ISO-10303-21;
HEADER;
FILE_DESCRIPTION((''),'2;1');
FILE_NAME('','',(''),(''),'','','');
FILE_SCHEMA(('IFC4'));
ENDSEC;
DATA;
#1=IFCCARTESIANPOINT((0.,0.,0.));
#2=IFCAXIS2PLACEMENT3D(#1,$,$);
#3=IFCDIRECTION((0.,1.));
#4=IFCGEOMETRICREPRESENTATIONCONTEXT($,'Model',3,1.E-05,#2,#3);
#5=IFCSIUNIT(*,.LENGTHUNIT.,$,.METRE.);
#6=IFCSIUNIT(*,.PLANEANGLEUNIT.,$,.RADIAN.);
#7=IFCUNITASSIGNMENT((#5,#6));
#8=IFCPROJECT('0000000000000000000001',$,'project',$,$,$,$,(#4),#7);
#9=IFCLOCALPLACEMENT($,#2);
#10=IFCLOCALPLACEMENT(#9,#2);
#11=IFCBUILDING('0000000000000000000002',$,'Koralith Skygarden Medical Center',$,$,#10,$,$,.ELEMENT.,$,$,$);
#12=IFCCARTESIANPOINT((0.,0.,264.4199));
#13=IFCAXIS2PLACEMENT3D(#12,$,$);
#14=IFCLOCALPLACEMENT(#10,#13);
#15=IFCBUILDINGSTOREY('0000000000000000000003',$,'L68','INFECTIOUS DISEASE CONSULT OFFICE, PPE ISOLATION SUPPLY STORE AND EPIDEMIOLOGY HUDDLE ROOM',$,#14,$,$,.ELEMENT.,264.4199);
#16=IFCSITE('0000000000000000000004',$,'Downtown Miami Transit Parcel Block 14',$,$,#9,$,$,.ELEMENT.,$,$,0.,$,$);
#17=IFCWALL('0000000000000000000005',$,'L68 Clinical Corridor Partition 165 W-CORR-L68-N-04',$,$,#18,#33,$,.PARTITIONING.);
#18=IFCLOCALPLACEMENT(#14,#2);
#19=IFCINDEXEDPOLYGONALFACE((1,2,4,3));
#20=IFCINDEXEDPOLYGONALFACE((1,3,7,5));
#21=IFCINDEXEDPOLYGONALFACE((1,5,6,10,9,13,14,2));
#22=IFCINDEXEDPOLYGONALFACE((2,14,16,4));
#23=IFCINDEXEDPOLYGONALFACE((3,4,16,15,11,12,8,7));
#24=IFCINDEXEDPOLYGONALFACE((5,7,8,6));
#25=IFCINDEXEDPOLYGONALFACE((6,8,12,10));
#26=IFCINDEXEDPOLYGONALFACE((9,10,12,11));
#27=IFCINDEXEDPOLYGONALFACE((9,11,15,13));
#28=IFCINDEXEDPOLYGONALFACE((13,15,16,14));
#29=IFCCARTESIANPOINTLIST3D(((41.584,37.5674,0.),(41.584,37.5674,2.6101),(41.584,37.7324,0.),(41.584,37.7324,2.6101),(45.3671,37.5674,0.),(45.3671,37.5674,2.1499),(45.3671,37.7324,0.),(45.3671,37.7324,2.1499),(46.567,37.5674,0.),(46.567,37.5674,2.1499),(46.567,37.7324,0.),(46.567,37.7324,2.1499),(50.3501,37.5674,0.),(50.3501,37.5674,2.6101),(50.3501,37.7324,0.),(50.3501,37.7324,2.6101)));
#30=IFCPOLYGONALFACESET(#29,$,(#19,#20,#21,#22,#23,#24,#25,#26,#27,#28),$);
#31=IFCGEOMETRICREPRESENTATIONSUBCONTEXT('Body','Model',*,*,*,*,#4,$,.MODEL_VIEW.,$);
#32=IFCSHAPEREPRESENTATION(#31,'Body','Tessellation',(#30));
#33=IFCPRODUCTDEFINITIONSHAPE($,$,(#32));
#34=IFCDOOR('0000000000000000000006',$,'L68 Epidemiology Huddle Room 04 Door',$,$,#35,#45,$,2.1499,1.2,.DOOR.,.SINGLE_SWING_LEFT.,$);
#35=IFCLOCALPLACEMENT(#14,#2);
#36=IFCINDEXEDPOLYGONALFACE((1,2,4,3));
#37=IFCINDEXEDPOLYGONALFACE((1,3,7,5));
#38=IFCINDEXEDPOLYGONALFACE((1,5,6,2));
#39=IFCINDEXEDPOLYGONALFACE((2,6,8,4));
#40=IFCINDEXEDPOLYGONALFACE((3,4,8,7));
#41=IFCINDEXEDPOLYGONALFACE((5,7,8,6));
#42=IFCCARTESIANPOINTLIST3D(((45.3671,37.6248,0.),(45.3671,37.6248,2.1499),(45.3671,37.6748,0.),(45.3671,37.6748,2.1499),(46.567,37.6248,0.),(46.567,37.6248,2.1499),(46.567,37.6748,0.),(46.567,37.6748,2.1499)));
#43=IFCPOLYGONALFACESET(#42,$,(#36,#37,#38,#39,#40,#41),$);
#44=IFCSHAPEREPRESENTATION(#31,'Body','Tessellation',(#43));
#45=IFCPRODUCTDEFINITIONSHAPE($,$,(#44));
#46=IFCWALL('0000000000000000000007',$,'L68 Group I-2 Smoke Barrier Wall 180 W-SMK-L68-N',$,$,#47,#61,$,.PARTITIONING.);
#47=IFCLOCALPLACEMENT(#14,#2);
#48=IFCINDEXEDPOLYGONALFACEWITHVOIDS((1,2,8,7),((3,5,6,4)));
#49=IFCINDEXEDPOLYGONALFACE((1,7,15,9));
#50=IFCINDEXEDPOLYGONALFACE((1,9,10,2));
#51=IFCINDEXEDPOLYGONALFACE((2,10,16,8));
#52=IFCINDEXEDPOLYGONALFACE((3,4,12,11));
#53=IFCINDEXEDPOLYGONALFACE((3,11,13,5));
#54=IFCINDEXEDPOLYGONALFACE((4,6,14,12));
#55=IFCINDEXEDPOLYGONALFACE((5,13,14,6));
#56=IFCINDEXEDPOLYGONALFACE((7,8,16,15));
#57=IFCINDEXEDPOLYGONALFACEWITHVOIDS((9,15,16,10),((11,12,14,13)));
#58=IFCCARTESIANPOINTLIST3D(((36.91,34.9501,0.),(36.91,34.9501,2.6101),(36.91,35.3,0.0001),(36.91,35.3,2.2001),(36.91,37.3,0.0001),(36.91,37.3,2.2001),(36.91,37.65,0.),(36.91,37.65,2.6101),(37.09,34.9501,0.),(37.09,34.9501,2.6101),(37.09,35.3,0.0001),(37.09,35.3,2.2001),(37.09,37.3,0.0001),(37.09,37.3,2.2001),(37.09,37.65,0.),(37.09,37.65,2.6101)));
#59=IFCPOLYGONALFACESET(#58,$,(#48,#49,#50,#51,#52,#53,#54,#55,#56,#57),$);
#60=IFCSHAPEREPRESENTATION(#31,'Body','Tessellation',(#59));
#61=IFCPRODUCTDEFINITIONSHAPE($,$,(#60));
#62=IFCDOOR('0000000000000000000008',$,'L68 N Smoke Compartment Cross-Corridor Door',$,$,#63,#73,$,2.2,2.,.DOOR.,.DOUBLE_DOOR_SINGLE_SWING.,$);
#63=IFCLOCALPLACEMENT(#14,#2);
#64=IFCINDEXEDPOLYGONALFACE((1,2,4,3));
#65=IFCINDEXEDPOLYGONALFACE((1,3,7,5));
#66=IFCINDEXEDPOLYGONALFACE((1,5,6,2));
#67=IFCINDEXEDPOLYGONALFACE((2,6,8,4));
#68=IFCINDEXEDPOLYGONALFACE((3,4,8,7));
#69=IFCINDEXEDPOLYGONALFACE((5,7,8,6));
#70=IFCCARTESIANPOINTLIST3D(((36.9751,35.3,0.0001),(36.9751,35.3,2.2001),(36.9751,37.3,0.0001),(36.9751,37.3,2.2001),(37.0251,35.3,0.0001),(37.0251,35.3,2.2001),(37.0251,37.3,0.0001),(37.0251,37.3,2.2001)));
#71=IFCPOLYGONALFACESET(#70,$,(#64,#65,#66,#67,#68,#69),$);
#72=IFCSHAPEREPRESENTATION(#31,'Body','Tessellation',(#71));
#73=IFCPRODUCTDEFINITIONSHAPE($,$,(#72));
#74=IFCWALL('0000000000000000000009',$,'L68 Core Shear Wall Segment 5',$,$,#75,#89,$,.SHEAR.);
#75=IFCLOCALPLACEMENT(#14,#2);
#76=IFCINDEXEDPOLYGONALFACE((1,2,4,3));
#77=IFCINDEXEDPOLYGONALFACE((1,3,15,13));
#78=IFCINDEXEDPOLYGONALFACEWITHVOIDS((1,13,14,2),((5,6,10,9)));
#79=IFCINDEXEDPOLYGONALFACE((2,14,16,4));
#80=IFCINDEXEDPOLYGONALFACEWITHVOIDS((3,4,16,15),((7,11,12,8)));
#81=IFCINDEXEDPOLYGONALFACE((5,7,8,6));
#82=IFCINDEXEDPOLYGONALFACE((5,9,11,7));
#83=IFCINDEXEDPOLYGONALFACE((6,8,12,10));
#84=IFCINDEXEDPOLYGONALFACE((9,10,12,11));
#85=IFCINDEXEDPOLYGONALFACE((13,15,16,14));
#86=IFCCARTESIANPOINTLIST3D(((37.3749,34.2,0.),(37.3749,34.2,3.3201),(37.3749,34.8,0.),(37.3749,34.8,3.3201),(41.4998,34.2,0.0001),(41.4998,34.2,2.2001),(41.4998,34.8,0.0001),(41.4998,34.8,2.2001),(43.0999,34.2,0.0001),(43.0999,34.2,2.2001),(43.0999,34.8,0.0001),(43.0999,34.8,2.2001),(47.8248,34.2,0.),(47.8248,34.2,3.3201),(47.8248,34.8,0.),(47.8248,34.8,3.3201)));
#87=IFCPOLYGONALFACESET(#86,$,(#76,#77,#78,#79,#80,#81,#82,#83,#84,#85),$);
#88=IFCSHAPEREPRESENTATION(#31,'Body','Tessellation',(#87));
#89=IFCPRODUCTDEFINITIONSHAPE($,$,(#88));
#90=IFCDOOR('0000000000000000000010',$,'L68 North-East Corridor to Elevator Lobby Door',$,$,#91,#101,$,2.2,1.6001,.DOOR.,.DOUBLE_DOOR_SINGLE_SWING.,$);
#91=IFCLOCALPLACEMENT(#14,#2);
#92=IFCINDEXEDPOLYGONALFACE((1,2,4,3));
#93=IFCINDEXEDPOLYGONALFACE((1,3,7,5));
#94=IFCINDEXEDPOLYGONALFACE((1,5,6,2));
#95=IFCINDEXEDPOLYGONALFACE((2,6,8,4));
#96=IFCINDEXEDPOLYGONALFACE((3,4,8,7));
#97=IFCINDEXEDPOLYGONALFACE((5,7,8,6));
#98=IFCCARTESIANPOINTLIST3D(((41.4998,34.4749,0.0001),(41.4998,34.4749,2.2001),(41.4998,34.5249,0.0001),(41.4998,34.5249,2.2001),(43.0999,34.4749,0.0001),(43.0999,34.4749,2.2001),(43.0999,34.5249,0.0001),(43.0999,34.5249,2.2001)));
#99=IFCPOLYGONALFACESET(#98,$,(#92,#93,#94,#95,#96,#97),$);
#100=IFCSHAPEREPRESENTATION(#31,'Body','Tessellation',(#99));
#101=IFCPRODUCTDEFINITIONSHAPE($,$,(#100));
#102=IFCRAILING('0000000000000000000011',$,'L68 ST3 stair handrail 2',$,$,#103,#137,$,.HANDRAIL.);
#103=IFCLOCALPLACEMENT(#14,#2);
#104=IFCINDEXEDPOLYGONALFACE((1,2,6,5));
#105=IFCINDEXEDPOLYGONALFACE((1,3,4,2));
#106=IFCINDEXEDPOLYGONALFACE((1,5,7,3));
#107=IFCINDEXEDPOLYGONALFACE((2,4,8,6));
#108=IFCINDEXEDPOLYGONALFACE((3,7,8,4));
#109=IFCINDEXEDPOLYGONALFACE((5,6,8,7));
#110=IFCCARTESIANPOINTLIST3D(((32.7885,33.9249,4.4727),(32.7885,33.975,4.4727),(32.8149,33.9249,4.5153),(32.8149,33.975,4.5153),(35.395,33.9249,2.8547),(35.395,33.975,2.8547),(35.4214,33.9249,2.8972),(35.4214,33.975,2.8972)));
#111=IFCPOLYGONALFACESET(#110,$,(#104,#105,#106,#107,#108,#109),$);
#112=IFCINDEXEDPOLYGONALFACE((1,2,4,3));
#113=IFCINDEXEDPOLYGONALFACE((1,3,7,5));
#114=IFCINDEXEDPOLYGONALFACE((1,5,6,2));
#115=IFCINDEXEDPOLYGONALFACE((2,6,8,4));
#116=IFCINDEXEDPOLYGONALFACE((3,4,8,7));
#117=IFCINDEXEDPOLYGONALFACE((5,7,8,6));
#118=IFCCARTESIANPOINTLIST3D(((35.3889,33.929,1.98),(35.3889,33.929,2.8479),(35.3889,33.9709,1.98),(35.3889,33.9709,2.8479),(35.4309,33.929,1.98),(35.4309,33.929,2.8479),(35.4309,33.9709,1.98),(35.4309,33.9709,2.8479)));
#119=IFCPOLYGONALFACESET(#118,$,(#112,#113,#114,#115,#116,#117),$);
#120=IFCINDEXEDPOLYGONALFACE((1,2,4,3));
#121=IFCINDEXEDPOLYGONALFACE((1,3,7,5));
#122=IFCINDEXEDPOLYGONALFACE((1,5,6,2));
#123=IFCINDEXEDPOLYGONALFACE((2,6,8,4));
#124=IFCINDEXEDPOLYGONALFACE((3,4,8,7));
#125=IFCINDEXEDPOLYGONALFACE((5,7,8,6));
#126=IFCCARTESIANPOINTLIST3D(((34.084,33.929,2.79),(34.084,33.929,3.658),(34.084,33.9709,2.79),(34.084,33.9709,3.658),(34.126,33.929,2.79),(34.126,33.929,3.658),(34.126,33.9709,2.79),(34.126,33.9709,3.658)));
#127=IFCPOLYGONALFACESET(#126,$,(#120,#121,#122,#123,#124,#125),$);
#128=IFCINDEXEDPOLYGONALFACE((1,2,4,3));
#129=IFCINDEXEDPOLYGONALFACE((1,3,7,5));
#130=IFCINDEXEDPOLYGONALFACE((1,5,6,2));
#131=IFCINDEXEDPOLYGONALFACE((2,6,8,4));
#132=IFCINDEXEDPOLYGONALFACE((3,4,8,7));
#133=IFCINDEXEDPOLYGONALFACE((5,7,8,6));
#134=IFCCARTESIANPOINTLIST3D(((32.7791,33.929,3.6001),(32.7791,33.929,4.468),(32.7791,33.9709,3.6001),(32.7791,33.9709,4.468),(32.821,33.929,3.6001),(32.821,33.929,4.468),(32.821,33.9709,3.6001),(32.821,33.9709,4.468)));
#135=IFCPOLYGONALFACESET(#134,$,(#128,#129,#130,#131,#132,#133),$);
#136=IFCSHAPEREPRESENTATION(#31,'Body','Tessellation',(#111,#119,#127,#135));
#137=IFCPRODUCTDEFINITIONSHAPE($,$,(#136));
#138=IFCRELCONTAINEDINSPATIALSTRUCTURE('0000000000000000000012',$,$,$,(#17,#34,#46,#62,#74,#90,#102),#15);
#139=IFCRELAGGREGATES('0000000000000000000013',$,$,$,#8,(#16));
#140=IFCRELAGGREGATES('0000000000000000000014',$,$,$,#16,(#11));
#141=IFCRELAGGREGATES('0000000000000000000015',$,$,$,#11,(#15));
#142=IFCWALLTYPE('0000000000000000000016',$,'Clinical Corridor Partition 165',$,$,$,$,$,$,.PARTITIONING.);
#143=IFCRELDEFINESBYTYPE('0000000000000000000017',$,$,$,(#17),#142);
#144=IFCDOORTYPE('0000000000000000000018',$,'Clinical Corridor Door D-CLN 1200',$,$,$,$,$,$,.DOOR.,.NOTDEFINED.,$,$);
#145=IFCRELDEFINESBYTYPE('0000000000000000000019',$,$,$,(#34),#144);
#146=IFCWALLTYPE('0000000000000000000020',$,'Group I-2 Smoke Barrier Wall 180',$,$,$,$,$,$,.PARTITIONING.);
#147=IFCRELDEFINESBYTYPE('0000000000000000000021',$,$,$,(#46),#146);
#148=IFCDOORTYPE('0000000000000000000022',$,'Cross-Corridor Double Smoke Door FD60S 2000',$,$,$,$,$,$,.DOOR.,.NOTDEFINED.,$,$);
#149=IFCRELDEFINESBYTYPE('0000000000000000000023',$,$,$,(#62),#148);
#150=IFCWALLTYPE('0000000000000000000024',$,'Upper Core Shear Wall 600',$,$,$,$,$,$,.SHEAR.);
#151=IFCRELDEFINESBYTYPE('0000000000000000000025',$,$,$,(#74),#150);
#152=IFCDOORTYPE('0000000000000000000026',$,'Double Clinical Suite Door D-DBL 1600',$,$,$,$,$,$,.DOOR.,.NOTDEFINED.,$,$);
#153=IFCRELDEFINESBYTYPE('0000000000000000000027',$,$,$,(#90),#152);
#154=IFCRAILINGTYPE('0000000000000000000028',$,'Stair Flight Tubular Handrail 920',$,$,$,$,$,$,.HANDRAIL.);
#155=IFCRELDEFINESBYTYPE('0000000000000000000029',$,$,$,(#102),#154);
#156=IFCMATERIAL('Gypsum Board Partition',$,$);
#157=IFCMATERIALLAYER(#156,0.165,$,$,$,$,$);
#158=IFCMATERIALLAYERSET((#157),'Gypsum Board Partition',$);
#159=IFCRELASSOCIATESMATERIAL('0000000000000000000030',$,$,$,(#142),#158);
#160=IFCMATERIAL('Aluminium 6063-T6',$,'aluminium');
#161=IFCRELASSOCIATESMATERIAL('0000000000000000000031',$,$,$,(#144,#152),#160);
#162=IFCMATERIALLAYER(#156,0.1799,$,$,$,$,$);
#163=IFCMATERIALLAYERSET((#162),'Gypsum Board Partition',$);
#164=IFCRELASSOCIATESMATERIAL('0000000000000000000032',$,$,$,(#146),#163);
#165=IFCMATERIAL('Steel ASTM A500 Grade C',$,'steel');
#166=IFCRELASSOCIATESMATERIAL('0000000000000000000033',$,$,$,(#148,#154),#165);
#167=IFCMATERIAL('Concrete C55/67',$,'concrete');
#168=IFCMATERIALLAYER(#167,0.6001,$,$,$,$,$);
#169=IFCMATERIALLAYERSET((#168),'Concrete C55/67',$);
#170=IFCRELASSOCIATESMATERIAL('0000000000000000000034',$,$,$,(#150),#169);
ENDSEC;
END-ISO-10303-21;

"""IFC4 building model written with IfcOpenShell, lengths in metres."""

from ifc_helpers import new_model, si_unit, direction, frame, frame_2d, origin, origin_2d, place, context, subcontext, project, spatial, rectangle, extrude, material, layer, layer_set, type_object, element, fill, save


model = new_model("IFC4")

# Units and contexts
model_context = context("Model", 3, precision=1e-05, world=origin(), true_north=direction((0.0, 1.0)))
body_context = subcontext(model_context, "Body", "Model", "MODEL_VIEW")
ifc_project = project(units=[si_unit("LENGTHUNIT", "METRE"), si_unit("PLANEANGLEUNIT", "RADIAN")], contexts=[model_context])

# Site, building, storey
site_placement = place(None, origin())
site = spatial("IfcSite", under=ifc_project, at=site_placement, Name="Downtown Miami Transit Parcel Block 14", CompositionType="ELEMENT", RefElevation=0.0)
building_placement = place(site_placement, origin())
building = spatial("IfcBuilding", under=site, at=building_placement, Name="Koralith Skygarden Medical Center", CompositionType="ELEMENT")
storey_placement = place(building_placement, frame((0.0, 0.0, 264.4199)))
storey = spatial("IfcBuildingStorey", under=building, at=storey_placement, Name="L68", Description="INFECTIOUS DISEASE CONSULT OFFICE, PPE ISOLATION SUPPLY STORE AND EPIDEMIOLOGY HUDDLE ROOM", CompositionType="ELEMENT", Elevation=264.4199)

# Shared definitions
ifc_material_1 = material(Name="Concrete C55/67", Category="concrete")

# Shared definitions
ifc_material_2 = material(Name="Aluminium 6063-T6", Category="aluminium")

# Shared definitions
ifc_material_3 = material(Name="Gypsum Board Partition")

# Walls, openings, doors
ifc_layer_1 = layer(ifc_material_3, 0.165)
ifc_layer_set_1 = layer_set([ifc_layer_1], Name="Gypsum Board Partition")
wall_type_1 = type_object("IfcWallType", Name="Clinical Corridor Partition 165", PredefinedType="PARTITIONING", material=ifc_layer_set_1)
door_type_1 = type_object("IfcDoorType", Name="Clinical Corridor Door D-CLN 1200", OperationType="NOTDEFINED", PredefinedType="DOOR", material=ifc_material_2)
wall_1_placement = place(storey_placement, frame((41.584, 37.6499, 0.0), z_axis=(0.0, 0.0, 1.0), x_axis=(1.0, 0.0, 0.0)))
wall_1 = element("IfcWall", 1, at=wall_1_placement, inside=storey, type_object=wall_type_1, Name="L68 Clinical Corridor Partition 165 W-CORR-L68-N-04", PredefinedType="PARTITIONING", context=body_context, shape_type="SweptSolid", body=[
    extrude(rectangle(XDim=8.7661, YDim=0.165, at=frame_2d((4.3831, 0.0))), origin(), (0.0, 0.0, 1.0), 2.6101),
])
opening_1_placement = place(wall_1_placement, frame((3.783, 0.0, 0.0)))
opening_1 = element("IfcOpeningElement", 2, at=opening_1_placement, cuts=wall_1, PredefinedType="OPENING", context=body_context, shape_type="SweptSolid", body=[
    extrude(rectangle(XDim=1.2, YDim=2.1499, at=frame_2d((0.6001, 1.075))), frame((0.0, 0.0925, 0.0), z_axis=(0.0, -1.0, 0.0), x_axis=(1.0, 0.0, 0.0)), (0.0, 0.0, 1.0), 0.1851),
])
door_1_placement = place(opening_1_placement, origin())
door_1 = element("IfcDoor", 3, at=door_1_placement, inside=storey, type_object=door_type_1, Name="L68 Epidemiology Huddle Room 04 Door", OperationType="SINGLE_SWING_LEFT", OverallHeight=2.1499, OverallWidth=1.2, PredefinedType="DOOR", context=body_context, shape_type="SweptSolid", body=[
    extrude(rectangle(XDim=1.2, YDim=2.1499, at=frame_2d((0.6001, 1.075))), frame((0.0, 0.0249, 0.0), z_axis=(0.0, -1.0, 0.0), x_axis=(1.0, 0.0, 0.0)), (0.0, 0.0, 1.0), 0.05),
])
fill(opening_1, door_1)
ifc_layer_2 = layer(ifc_material_3, 0.1799)
ifc_layer_set_2 = layer_set([ifc_layer_2], Name="Gypsum Board Partition")
wall_type_2 = type_object("IfcWallType", Name="Group I-2 Smoke Barrier Wall 180", PredefinedType="PARTITIONING", material=ifc_layer_set_2)
wall_2_placement = place(storey_placement, frame((37.0, 34.95, 0.0), z_axis=(0.0, 0.0, 1.0), x_axis=(0.0, 1.0, 0.0)))
wall_2 = element("IfcWall", 4, at=wall_2_placement, inside=storey, type_object=wall_type_2, Name="L68 Group I-2 Smoke Barrier Wall 180 W-SMK-L68-N", PredefinedType="PARTITIONING", context=body_context, shape_type="SweptSolid", body=[
    extrude(rectangle(XDim=2.7, YDim=0.1799, at=frame_2d((1.3501, 0.0))), origin(), (0.0, 0.0, 1.0), 2.6101),
])
opening_2_placement = place(wall_2_placement, frame((0.3501, 0.0, 0.0)))
opening_2 = element("IfcOpeningElement", 5, at=opening_2_placement, cuts=wall_2, PredefinedType="OPENING", context=body_context, shape_type="SweptSolid", body=[
    extrude(rectangle(XDim=2.0, YDim=2.2, at=frame_2d((1.0, 1.1001))), frame((0.0, 0.0999, 0.0), z_axis=(0.0, -1.0, 0.0), x_axis=(1.0, 0.0, 0.0)), (0.0, 0.0, 1.0), 0.2),
])
ifc_material_4 = material(Name="Steel ASTM A500 Grade C", Category="steel")
door_type_2 = type_object("IfcDoorType", Name="Cross-Corridor Double Smoke Door FD60S 2000", OperationType="NOTDEFINED", PredefinedType="DOOR", material=ifc_material_4)
door_2_placement = place(opening_2_placement, origin())
door_2 = element("IfcDoor", 6, at=door_2_placement, inside=storey, type_object=door_type_2, Name="L68 N Smoke Compartment Cross-Corridor Door", OperationType="DOUBLE_DOOR_SINGLE_SWING", OverallHeight=2.2, OverallWidth=2.0, PredefinedType="DOOR", context=body_context, shape_type="SweptSolid", body=[
    extrude(rectangle(XDim=2.0, YDim=2.2, at=frame_2d((1.0, 1.1001))), frame((0.0, 0.0249, 0.0), z_axis=(0.0, -1.0, 0.0), x_axis=(1.0, 0.0, 0.0)), (0.0, 0.0, 1.0), 0.05),
])
fill(opening_2, door_2)
ifc_layer_3 = layer(ifc_material_1, 0.6001)
ifc_layer_set_3 = layer_set([ifc_layer_3], Name="Concrete C55/67")
wall_type_3 = type_object("IfcWallType", Name="Upper Core Shear Wall 600", PredefinedType="SHEAR", material=ifc_layer_set_3)
wall_3_placement = place(storey_placement, frame((47.825, 34.5, 0.0), z_axis=(0.0, 0.0, 1.0), x_axis=(-1.0, 0.0, 0.0)))
wall_3 = element("IfcWall", 7, at=wall_3_placement, inside=storey, type_object=wall_type_3, Name="L68 Core Shear Wall Segment 5", PredefinedType="SHEAR", context=body_context, shape_type="SweptSolid", body=[
    extrude(rectangle(XDim=10.45, YDim=0.6001, at=frame_2d((5.2251, 0.0))), origin(), (0.0, 0.0, 1.0), 3.3201),
])
opening_3_placement = place(wall_3_placement, frame((4.7251, 0.0, 0.0)))
opening_3 = element("IfcOpeningElement", 8, at=opening_3_placement, cuts=wall_3, PredefinedType="OPENING", context=body_context, shape_type="SweptSolid", body=[
    extrude(rectangle(XDim=1.6001, YDim=2.2, at=frame_2d((0.8, 1.1001))), frame((0.0, 0.3101, 0.0), z_axis=(0.0, -1.0, 0.0), x_axis=(1.0, 0.0, 0.0)), (0.0, 0.0, 1.0), 0.6201),
])
door_type_3 = type_object("IfcDoorType", Name="Double Clinical Suite Door D-DBL 1600", OperationType="NOTDEFINED", PredefinedType="DOOR", material=ifc_material_2)
door_3_placement = place(opening_3_placement, frame((1.6001, 0.0, 0.0), z_axis=(0.0, 0.0, 1.0), x_axis=(-1.0, 0.0, 0.0)))
door_3 = element("IfcDoor", 9, at=door_3_placement, inside=storey, type_object=door_type_3, Name="L68 North-East Corridor to Elevator Lobby Door", OperationType="DOUBLE_DOOR_SINGLE_SWING", OverallHeight=2.2, OverallWidth=1.6001, PredefinedType="DOOR", context=body_context, shape_type="SweptSolid", body=[
    extrude(rectangle(XDim=1.6001, YDim=2.2, at=frame_2d((0.8, 1.1001))), frame((0.0, 0.0249, 0.0), z_axis=(0.0, -1.0, 0.0), x_axis=(1.0, 0.0, 0.0)), (0.0, 0.0, 1.0), 0.05),
])
fill(opening_3, door_3)

# Railing
railing_type = type_object("IfcRailingType", Name="Stair Flight Tubular Handrail 920", PredefinedType="HANDRAIL", material=ifc_material_4)
railing_placement = place(storey_placement, frame((35.4099, 33.95, 1.98)))
element("IfcRailing", 10, at=railing_placement, inside=storey, type_object=railing_type, Name="L68 ST3 stair handrail 2", PredefinedType="HANDRAIL", context=body_context, shape_type="SweptSolid", body=[
    extrude(rectangle(XDim=0.05, YDim=0.05, at=origin_2d()), frame((-0.0017, 0.0, 0.896), z_axis=(-0.849611, 0.0, 0.52741), x_axis=(0.0, -1.0, 0.0)), (0.0, 0.0, 1.0), 3.0679),
    extrude(rectangle(XDim=0.042, YDim=0.042, at=origin_2d()), origin(), (0.0, 0.0, 1.0), 0.8679),
    extrude(rectangle(XDim=0.042, YDim=0.042, at=origin_2d()), frame((-1.3049, 0.0, 0.8101)), (0.0, 0.0, 1.0), 0.8679),
    extrude(rectangle(XDim=0.042, YDim=0.042, at=origin_2d()), frame((-2.6099, 0.0, 1.6201)), (0.0, 0.0, 1.0), 0.8679),
])

save(model, "model.ifc")
